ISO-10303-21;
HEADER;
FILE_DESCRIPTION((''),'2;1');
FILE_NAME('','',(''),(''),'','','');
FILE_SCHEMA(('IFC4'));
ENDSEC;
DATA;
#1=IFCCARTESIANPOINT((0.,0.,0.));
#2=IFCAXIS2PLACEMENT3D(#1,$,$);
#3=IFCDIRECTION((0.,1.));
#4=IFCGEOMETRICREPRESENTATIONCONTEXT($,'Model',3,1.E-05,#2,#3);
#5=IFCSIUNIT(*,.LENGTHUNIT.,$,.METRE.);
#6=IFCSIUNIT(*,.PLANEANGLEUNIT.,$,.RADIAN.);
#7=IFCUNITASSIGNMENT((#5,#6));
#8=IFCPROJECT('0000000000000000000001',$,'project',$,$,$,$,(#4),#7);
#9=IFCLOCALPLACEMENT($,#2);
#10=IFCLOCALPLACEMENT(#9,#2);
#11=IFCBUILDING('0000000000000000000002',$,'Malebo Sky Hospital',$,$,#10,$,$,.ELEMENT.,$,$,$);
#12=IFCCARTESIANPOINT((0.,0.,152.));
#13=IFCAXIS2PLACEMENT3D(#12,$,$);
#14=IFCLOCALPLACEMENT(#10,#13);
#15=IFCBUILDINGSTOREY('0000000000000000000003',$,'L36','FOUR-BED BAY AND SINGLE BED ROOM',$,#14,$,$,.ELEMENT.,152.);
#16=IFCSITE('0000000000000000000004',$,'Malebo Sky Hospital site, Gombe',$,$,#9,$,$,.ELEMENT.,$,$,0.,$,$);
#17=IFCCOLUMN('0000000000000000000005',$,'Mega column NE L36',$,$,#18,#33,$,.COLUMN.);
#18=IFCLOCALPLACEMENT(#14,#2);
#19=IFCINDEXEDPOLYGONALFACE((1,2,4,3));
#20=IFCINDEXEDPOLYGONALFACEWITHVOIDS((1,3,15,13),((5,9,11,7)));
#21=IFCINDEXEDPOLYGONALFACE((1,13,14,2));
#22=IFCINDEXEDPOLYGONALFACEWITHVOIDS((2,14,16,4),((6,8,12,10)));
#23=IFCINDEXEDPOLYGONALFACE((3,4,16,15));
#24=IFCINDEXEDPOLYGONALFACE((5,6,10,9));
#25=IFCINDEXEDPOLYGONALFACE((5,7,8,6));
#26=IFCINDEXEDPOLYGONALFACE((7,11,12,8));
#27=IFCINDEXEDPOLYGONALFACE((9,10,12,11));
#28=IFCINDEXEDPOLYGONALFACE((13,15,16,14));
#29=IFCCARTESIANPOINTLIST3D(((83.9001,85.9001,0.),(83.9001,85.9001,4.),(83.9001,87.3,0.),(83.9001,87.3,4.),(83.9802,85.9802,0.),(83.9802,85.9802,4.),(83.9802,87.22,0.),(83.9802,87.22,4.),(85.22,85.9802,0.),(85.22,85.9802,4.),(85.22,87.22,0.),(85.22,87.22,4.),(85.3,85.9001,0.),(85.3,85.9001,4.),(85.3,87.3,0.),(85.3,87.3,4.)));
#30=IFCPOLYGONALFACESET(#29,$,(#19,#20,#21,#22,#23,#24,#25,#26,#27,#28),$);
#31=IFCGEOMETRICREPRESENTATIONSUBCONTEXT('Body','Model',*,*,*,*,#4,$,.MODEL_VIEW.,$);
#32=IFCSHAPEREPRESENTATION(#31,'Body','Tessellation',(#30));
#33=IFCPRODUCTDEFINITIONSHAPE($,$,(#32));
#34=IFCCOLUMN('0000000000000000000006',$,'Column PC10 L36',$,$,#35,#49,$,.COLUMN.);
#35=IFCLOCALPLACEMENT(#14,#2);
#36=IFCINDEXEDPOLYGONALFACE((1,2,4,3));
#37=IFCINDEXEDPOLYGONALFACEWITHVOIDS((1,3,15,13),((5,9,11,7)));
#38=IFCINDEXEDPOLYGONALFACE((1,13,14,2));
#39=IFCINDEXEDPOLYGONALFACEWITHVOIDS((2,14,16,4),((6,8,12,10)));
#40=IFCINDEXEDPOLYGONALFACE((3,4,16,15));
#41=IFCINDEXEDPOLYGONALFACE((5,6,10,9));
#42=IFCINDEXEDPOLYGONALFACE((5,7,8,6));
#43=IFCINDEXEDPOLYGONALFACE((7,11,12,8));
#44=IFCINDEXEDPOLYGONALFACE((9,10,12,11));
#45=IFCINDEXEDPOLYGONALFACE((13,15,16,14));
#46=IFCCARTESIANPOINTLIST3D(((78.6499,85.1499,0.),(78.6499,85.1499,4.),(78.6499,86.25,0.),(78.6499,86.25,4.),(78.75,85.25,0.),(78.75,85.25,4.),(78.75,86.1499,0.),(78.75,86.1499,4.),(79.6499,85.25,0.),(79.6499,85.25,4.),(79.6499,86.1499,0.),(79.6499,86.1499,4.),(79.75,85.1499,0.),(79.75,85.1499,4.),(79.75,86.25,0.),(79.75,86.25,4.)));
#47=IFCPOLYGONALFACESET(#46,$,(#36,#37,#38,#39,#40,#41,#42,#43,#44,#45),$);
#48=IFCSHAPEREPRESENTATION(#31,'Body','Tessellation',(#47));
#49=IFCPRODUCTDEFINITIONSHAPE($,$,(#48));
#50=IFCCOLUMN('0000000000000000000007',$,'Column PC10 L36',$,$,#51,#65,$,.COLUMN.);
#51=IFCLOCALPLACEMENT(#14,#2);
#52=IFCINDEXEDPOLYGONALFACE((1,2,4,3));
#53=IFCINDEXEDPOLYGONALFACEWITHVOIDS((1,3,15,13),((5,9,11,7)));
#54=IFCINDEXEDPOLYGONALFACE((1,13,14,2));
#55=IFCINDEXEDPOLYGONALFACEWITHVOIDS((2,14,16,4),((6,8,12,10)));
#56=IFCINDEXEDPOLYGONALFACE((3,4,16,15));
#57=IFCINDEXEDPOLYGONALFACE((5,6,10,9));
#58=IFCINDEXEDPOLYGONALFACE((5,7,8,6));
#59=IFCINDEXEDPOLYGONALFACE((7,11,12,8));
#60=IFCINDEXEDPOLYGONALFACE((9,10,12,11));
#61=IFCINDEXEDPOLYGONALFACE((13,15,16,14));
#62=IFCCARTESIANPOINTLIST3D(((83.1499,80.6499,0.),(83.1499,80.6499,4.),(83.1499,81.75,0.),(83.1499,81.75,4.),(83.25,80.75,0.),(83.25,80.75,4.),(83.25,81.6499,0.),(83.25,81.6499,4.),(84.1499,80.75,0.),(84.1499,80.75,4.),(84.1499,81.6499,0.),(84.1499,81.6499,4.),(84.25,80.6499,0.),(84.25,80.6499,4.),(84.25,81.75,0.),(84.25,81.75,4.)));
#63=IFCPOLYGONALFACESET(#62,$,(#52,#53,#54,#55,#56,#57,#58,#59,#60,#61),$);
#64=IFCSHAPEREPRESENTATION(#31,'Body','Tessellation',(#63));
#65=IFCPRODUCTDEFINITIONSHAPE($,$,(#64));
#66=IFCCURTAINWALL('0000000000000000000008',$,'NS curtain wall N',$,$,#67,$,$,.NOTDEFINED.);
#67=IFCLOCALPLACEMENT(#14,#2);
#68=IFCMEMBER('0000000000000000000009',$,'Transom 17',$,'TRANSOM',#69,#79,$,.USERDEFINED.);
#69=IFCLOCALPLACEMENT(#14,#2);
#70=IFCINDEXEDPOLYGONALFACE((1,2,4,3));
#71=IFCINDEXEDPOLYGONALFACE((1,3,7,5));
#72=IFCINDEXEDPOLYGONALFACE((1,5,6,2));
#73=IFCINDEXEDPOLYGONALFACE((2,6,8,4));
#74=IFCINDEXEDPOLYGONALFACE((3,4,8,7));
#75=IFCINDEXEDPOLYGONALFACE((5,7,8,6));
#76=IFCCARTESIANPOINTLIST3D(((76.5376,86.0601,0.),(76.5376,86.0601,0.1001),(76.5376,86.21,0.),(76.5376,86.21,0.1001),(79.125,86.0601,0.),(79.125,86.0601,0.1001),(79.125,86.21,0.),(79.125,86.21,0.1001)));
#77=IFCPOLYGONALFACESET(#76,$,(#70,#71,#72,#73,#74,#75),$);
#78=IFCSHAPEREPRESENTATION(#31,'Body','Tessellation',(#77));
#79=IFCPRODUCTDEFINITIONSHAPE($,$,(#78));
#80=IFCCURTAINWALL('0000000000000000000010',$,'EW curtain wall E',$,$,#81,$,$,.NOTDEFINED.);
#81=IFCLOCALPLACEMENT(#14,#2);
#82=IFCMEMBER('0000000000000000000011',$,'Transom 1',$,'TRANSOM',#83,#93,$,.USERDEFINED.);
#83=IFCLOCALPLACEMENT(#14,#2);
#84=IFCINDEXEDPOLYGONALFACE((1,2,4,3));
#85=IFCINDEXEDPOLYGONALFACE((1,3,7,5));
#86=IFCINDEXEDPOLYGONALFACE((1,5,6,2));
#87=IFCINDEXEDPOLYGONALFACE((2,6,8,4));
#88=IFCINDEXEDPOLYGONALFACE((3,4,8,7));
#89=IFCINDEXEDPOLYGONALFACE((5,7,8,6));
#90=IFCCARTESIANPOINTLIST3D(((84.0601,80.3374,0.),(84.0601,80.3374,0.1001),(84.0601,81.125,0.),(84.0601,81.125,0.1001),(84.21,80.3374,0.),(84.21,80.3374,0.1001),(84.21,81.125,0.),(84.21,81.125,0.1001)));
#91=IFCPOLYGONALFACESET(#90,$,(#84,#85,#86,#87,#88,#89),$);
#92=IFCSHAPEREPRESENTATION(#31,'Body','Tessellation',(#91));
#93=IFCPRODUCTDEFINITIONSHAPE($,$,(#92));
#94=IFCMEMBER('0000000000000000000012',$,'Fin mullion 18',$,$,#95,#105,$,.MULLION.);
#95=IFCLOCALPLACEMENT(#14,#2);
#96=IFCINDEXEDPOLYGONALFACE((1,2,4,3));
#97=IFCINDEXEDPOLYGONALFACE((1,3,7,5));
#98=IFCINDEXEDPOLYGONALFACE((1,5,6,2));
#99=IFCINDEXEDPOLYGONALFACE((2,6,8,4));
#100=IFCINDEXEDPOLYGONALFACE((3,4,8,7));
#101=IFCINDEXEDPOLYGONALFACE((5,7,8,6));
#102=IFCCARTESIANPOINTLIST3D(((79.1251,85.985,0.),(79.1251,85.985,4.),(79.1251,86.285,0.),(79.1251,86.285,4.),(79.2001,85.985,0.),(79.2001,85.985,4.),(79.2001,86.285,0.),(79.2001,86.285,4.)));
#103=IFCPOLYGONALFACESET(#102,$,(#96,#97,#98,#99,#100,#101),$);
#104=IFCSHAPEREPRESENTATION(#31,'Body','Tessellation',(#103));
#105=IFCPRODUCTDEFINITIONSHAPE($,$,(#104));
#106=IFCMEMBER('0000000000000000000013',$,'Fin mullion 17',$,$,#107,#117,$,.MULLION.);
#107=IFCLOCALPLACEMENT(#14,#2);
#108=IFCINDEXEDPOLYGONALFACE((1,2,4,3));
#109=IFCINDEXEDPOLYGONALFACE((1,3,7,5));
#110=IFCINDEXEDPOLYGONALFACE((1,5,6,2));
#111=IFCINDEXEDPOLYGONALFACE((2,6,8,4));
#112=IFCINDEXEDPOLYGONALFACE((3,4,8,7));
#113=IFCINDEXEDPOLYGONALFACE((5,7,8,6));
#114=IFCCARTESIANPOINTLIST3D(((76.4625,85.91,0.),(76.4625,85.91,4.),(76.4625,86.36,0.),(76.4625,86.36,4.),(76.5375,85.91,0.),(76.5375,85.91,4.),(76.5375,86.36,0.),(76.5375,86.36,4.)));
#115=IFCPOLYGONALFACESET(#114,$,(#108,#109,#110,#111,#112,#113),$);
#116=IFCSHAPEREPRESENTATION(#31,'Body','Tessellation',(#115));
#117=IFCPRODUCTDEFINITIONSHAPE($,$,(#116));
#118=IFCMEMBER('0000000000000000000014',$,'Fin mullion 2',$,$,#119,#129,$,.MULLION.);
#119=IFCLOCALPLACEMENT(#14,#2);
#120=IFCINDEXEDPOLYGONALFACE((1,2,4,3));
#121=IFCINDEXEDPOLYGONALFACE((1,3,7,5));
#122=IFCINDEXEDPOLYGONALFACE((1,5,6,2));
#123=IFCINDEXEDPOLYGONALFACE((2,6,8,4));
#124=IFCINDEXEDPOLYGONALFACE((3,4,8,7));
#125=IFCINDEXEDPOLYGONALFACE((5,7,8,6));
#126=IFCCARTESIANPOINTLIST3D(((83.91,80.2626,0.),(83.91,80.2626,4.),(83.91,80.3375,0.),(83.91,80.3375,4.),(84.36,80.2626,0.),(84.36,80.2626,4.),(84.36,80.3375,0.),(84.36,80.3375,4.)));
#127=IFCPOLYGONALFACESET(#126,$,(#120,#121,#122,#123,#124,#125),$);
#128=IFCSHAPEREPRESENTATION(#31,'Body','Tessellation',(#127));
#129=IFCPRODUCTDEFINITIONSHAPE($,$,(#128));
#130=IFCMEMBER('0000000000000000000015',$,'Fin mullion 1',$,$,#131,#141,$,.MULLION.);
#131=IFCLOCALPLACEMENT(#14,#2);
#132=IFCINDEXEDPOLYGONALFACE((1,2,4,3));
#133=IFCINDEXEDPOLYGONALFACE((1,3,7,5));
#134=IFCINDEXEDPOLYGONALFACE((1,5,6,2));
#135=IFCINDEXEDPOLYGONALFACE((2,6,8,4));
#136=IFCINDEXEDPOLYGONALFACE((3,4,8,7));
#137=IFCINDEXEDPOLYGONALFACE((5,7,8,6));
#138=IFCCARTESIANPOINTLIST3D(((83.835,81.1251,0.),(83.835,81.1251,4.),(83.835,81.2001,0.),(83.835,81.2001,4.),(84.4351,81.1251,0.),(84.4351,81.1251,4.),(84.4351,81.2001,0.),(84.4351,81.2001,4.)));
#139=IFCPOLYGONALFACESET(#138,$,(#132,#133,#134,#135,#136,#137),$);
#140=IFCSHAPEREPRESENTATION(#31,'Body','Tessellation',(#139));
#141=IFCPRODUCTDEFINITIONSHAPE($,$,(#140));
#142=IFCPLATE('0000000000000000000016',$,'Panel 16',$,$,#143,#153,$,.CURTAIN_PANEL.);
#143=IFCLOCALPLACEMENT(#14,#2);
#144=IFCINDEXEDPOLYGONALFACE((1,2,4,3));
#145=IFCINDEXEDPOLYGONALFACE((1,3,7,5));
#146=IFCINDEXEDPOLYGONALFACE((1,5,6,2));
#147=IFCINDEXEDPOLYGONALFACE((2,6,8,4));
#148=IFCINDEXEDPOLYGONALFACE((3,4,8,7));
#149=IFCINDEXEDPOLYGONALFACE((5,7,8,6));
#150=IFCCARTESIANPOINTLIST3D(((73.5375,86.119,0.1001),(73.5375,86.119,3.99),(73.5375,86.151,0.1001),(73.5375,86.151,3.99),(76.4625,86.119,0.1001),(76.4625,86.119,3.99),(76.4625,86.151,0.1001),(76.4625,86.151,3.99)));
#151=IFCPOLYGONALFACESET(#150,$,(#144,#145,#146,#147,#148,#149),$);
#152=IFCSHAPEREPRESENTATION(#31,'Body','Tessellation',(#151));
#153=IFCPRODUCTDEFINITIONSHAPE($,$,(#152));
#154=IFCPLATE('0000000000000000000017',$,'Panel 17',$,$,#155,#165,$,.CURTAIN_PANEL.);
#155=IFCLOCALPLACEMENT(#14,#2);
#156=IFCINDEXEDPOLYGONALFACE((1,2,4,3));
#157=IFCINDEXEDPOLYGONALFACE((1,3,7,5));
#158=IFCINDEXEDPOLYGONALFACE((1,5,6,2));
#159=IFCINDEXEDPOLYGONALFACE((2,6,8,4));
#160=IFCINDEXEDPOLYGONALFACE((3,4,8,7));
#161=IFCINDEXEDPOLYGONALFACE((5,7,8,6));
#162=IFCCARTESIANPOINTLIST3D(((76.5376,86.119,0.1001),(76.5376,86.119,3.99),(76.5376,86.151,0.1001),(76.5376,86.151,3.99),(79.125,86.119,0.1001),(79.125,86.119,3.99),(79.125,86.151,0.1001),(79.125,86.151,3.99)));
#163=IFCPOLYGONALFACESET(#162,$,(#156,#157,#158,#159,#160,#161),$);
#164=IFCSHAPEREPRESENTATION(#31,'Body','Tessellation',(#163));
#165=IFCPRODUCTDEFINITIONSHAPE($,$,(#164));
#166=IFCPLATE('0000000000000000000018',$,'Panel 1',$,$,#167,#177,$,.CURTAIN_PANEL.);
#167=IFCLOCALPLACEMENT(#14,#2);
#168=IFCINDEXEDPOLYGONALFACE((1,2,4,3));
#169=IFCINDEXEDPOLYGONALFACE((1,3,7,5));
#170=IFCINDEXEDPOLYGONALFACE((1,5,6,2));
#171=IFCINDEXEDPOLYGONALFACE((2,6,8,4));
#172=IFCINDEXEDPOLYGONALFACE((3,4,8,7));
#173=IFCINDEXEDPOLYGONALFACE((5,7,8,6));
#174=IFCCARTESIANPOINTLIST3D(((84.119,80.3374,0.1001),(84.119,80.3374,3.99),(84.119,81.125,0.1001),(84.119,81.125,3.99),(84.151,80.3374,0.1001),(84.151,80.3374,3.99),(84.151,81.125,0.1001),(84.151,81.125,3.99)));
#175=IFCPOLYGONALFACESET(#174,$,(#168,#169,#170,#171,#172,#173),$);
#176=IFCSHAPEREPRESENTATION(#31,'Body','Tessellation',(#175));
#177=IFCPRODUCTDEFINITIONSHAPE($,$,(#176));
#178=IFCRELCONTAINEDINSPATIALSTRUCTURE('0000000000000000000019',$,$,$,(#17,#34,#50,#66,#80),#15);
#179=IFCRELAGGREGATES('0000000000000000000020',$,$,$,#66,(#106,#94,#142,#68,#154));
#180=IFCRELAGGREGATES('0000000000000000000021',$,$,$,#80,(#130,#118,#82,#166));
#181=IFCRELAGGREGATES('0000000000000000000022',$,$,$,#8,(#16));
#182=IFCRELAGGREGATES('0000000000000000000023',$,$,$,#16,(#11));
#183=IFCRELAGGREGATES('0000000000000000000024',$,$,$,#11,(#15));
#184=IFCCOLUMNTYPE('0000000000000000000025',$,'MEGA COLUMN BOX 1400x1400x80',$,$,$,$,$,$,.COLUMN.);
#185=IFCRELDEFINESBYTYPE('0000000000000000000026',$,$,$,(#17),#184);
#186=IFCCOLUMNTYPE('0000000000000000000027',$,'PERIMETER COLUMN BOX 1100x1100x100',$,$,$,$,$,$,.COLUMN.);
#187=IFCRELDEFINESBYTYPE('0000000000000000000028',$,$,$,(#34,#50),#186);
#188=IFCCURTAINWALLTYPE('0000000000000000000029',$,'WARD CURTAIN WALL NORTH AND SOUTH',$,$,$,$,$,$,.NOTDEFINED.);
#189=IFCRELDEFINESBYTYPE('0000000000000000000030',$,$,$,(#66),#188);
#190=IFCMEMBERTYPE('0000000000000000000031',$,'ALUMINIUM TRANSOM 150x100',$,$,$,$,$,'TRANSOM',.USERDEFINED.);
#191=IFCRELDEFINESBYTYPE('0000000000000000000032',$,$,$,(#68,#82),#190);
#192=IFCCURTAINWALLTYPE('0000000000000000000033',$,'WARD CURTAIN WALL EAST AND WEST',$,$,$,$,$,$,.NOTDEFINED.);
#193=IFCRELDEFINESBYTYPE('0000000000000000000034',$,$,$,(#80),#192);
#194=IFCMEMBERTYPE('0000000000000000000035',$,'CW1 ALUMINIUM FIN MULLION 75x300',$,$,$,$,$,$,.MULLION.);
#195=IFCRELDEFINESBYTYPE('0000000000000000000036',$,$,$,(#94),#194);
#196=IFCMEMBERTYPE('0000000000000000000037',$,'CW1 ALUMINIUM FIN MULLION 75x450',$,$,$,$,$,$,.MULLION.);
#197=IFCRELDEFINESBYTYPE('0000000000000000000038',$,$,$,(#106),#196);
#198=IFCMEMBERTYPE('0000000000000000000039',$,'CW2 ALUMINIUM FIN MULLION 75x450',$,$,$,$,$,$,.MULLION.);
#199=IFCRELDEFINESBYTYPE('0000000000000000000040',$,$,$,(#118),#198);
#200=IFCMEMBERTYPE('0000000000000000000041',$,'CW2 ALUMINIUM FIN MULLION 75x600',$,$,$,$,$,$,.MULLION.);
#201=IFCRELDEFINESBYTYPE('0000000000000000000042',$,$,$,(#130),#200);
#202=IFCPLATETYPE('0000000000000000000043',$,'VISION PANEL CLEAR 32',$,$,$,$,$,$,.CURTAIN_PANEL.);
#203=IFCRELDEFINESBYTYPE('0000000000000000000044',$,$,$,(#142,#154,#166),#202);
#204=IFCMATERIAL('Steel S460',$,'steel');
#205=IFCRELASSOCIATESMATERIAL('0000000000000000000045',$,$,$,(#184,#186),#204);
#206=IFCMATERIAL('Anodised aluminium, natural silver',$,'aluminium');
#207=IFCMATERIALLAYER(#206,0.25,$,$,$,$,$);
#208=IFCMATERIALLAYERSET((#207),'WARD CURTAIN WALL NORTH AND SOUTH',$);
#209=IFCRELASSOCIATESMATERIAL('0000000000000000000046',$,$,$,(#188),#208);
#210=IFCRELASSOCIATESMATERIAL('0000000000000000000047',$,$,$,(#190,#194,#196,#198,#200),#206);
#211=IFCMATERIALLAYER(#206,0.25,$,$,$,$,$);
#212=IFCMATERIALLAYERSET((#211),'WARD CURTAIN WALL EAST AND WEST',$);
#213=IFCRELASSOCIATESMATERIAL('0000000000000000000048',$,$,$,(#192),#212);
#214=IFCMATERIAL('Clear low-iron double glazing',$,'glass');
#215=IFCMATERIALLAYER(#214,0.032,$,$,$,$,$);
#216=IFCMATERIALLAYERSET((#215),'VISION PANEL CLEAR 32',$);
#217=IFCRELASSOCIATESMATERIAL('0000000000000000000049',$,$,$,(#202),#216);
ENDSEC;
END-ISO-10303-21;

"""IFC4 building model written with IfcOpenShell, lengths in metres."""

from ifc_helpers import new_model, si_unit, direction, frame, origin, origin_2d, place, context, subcontext, project, spatial, rectangle, hollow_rectangle, extrude, material, layer, layer_set, material_profile, profile_set, type_object, element, aggregate, save


model = new_model("IFC4")

# Units and contexts
model_context = context("Model", 3, precision=1e-05, world=origin(), true_north=direction((0.0, 1.0)))
body_context = subcontext(model_context, "Body", "Model", "MODEL_VIEW")
ifc_project = project(units=[si_unit("LENGTHUNIT", "METRE"), si_unit("PLANEANGLEUNIT", "RADIAN")], contexts=[model_context])

# Site, building, storey
site_placement = place(None, origin())
site = spatial("IfcSite", under=ifc_project, at=site_placement, Name="Malebo Sky Hospital site, Gombe", CompositionType="ELEMENT", RefElevation=0.0)
building_placement = place(site_placement, origin())
building = spatial("IfcBuilding", under=site, at=building_placement, Name="Malebo Sky Hospital", CompositionType="ELEMENT")
storey_placement = place(building_placement, frame((0.0, 0.0, 152.0)))
storey = spatial("IfcBuildingStorey", under=building, at=storey_placement, Name="L36", Description="FOUR-BED BAY AND SINGLE BED ROOM", CompositionType="ELEMENT", Elevation=152.0)

# Columns
ifc_material_1 = material(Name="Steel S460", Category="steel")
ifc_material_profile_1 = material_profile(ifc_material_1, hollow_rectangle(XDim=1.3999, YDim=1.3999, WallThickness=0.0801, at=origin_2d()), Name="BOX 1400x1400x80")
ifc_profile_set_1 = profile_set([ifc_material_profile_1], Name="Steel S460")
column_type_1 = type_object("IfcColumnType", Name="MEGA COLUMN BOX 1400x1400x80", PredefinedType="COLUMN", material=ifc_profile_set_1)
column_placement = place(storey_placement, frame((84.6001, 86.6001, 0.0), z_axis=(0.0, 0.0, 1.0), x_axis=(1.0, 0.0, 0.0)))
element("IfcColumn", 1, at=column_placement, inside=storey, type_object=column_type_1, Name="Mega column NE L36", PredefinedType="COLUMN", context=body_context, shape_type="SweptSolid", body=[
    extrude(hollow_rectangle(XDim=1.3999, YDim=1.3999, WallThickness=0.0801, at=origin_2d()), origin(), (0.0, 0.0, 1.0), 4.0),
])
ifc_material_profile_2 = material_profile(ifc_material_1, hollow_rectangle(XDim=1.1001, YDim=1.1001, WallThickness=0.1001, at=origin_2d()), Name="BOX 1100x1100x100")
ifc_profile_set_2 = profile_set([ifc_material_profile_2], Name="Steel S460")
column_type_2 = type_object("IfcColumnType", Name="PERIMETER COLUMN BOX 1100x1100x100", PredefinedType="COLUMN", material=ifc_profile_set_2)
for number, where, z_axis, x_axis, name in (
    (2, (79.2, 85.7, 0.0), (0.0, 0.0, 1.0), (1.0, 0.0, 0.0), "Column PC10 L36"),
    (3, (83.7, 81.2, 0.0), (0.0, 0.0, 1.0), (1.0, 0.0, 0.0), "Column PC10 L36"),
):
    element("IfcColumn", number, at=place(storey_placement, frame(where, z_axis=z_axis, x_axis=x_axis)), inside=storey, type_object=column_type_2, Name=name, PredefinedType="COLUMN", context=body_context, shape_type="SweptSolid", body=[
        extrude(hollow_rectangle(XDim=1.1001, YDim=1.1001, WallThickness=0.1001, at=origin_2d()), origin(), (0.0, 0.0, 1.0), 4.0),
    ])

# Curtain walls, members
ifc_material_2 = material(Name="Anodised aluminium, natural silver", Category="aluminium")
ifc_layer_1 = layer(ifc_material_2, 0.25)
ifc_layer_set_1 = layer_set([ifc_layer_1], Name="WARD CURTAIN WALL NORTH AND SOUTH")
curtain_wall_type_1 = type_object("IfcCurtainWallType", Name="WARD CURTAIN WALL NORTH AND SOUTH", PredefinedType="NOTDEFINED", material=ifc_layer_set_1)
curtain_wall_1_placement = place(storey_placement, origin())
curtain_wall_1 = element("IfcCurtainWall", 4, at=curtain_wall_1_placement, inside=storey, type_object=curtain_wall_type_1, Name="NS curtain wall N", PredefinedType="NOTDEFINED")
ifc_material_profile_3 = material_profile(ifc_material_2, rectangle(XDim=0.1499, YDim=0.1001, at=origin_2d()), Name="ALUMINIUM TRANSOM 150x100")
ifc_profile_set_3 = profile_set([ifc_material_profile_3], Name="Anodised aluminium, natural silver")
member_type_1 = type_object("IfcMemberType", Name="ALUMINIUM TRANSOM 150x100", ElementType="TRANSOM", PredefinedType="USERDEFINED", material=ifc_profile_set_3)
member_1_placement = place(storey_placement, frame((76.5376, 86.135, 0.05), z_axis=(1.0, 0.0, 0.0), x_axis=(0.0, 1.0, 0.0)))
member_1 = element("IfcMember", 5, at=member_1_placement, type_object=member_type_1, Name="Transom 17", ObjectType="TRANSOM", PredefinedType="USERDEFINED", context=body_context, shape_type="SweptSolid", body=[
    extrude(rectangle(XDim=0.1499, YDim=0.1001, at=origin_2d()), origin(), (0.0, 0.0, 1.0), 2.5874),
])
ifc_layer_2 = layer(ifc_material_2, 0.25)
ifc_layer_set_2 = layer_set([ifc_layer_2], Name="WARD CURTAIN WALL EAST AND WEST")
curtain_wall_type_2 = type_object("IfcCurtainWallType", Name="WARD CURTAIN WALL EAST AND WEST", PredefinedType="NOTDEFINED", material=ifc_layer_set_2)
curtain_wall_2_placement = place(storey_placement, origin())
curtain_wall_2 = element("IfcCurtainWall", 6, at=curtain_wall_2_placement, inside=storey, type_object=curtain_wall_type_2, Name="EW curtain wall E", PredefinedType="NOTDEFINED")
member_2_placement = place(storey_placement, frame((84.135, 81.125, 0.05), z_axis=(0.0, -1.0, 0.0), x_axis=(1.0, 0.0, 0.0)))
member_2 = element("IfcMember", 7, at=member_2_placement, type_object=member_type_1, Name="Transom 1", ObjectType="TRANSOM", PredefinedType="USERDEFINED", context=body_context, shape_type="SweptSolid", body=[
    extrude(rectangle(XDim=0.1499, YDim=0.1001, at=origin_2d()), origin(), (0.0, 0.0, 1.0), 0.7876),
])

# Members
ifc_material_profile_4 = material_profile(ifc_material_2, rectangle(XDim=0.075, YDim=0.3, at=origin_2d()), Name="CW1 ALUMINIUM FIN MULLION 75x300")
ifc_profile_set_4 = profile_set([ifc_material_profile_4], Name="Anodised aluminium, natural silver")
member_type_2 = type_object("IfcMemberType", Name="CW1 ALUMINIUM FIN MULLION 75x300", PredefinedType="MULLION", material=ifc_profile_set_4)
member_3_placement = place(storey_placement, frame((79.1626, 86.135, 0.0), z_axis=(0.0, 0.0, 1.0), x_axis=(1.0, 0.0, 0.0)))
member_3 = element("IfcMember", 8, at=member_3_placement, type_object=member_type_2, Name="Fin mullion 18", PredefinedType="MULLION", context=body_context, shape_type="SweptSolid", body=[
    extrude(rectangle(XDim=0.075, YDim=0.3, at=origin_2d()), origin(), (0.0, 0.0, 1.0), 4.0),
])
ifc_material_profile_5 = material_profile(ifc_material_2, rectangle(XDim=0.075, YDim=0.45, at=origin_2d()), Name="CW1 ALUMINIUM FIN MULLION 75x450")
ifc_profile_set_5 = profile_set([ifc_material_profile_5], Name="Anodised aluminium, natural silver")
member_type_3 = type_object("IfcMemberType", Name="CW1 ALUMINIUM FIN MULLION 75x450", PredefinedType="MULLION", material=ifc_profile_set_5)
member_4_placement = place(storey_placement, frame((76.5, 86.135, 0.0), z_axis=(0.0, 0.0, 1.0), x_axis=(1.0, 0.0, 0.0)))
member_4 = element("IfcMember", 9, at=member_4_placement, type_object=member_type_3, Name="Fin mullion 17", PredefinedType="MULLION", context=body_context, shape_type="SweptSolid", body=[
    extrude(rectangle(XDim=0.075, YDim=0.45, at=origin_2d()), origin(), (0.0, 0.0, 1.0), 4.0),
])
ifc_material_profile_6 = material_profile(ifc_material_2, rectangle(XDim=0.075, YDim=0.45, at=origin_2d()), Name="CW2 ALUMINIUM FIN MULLION 75x450")
ifc_profile_set_6 = profile_set([ifc_material_profile_6], Name="Anodised aluminium, natural silver")
member_type_4 = type_object("IfcMemberType", Name="CW2 ALUMINIUM FIN MULLION 75x450", PredefinedType="MULLION", material=ifc_profile_set_6)
member_5_placement = place(storey_placement, frame((84.135, 80.3, 0.0), z_axis=(0.0, 0.0, 1.0), x_axis=(0.0, -1.0, 0.0)))
member_5 = element("IfcMember", 10, at=member_5_placement, type_object=member_type_4, Name="Fin mullion 2", PredefinedType="MULLION", context=body_context, shape_type="SweptSolid", body=[
    extrude(rectangle(XDim=0.075, YDim=0.45, at=origin_2d()), origin(), (0.0, 0.0, 1.0), 4.0),
])
ifc_material_profile_7 = material_profile(ifc_material_2, rectangle(XDim=0.075, YDim=0.6001, at=origin_2d()), Name="CW2 ALUMINIUM FIN MULLION 75x600")
ifc_profile_set_7 = profile_set([ifc_material_profile_7], Name="Anodised aluminium, natural silver")
member_type_5 = type_object("IfcMemberType", Name="CW2 ALUMINIUM FIN MULLION 75x600", PredefinedType="MULLION", material=ifc_profile_set_7)
member_6_placement = place(storey_placement, frame((84.135, 81.1626, 0.0), z_axis=(0.0, 0.0, 1.0), x_axis=(0.0, -1.0, 0.0)))
member_6 = element("IfcMember", 11, at=member_6_placement, type_object=member_type_5, Name="Fin mullion 1", PredefinedType="MULLION", context=body_context, shape_type="SweptSolid", body=[
    extrude(rectangle(XDim=0.075, YDim=0.6001, at=origin_2d()), origin(), (0.0, 0.0, 1.0), 4.0),
])

# Plates
ifc_material_3 = material(Name="Clear low-iron double glazing", Category="glass")
ifc_layer_3 = layer(ifc_material_3, 0.032)
ifc_layer_set_3 = layer_set([ifc_layer_3], Name="VISION PANEL CLEAR 32")
plate_type = type_object("IfcPlateType", Name="VISION PANEL CLEAR 32", PredefinedType="CURTAIN_PANEL", material=ifc_layer_set_3)
plate_1_placement = place(storey_placement, frame((75.0, 86.135, 0.1001), z_axis=(0.0, 0.0, 1.0), x_axis=(1.0, 0.0, 0.0)))
plate_1 = element("IfcPlate", 12, at=plate_1_placement, type_object=plate_type, Name="Panel 16", PredefinedType="CURTAIN_PANEL", context=body_context, shape_type="SweptSolid", body=[
    extrude(rectangle(XDim=2.925, YDim=0.032, at=origin_2d()), origin(), (0.0, 0.0, 1.0), 3.8899),
])
plate_2_placement = place(storey_placement, frame((77.8313, 86.135, 0.1001), z_axis=(0.0, 0.0, 1.0), x_axis=(1.0, 0.0, 0.0)))
plate_2 = element("IfcPlate", 13, at=plate_2_placement, type_object=plate_type, Name="Panel 17", PredefinedType="CURTAIN_PANEL", context=body_context, shape_type="SweptSolid", body=[
    extrude(rectangle(XDim=2.5874, YDim=0.032, at=origin_2d()), origin(), (0.0, 0.0, 1.0), 3.8899),
])
aggregate(curtain_wall_1, [member_4, member_3, plate_1, member_1, plate_2])
plate_3_placement = place(storey_placement, frame((84.135, 80.7312, 0.1001), z_axis=(0.0, 0.0, 1.0), x_axis=(0.0, -1.0, 0.0)))
plate_3 = element("IfcPlate", 14, at=plate_3_placement, type_object=plate_type, Name="Panel 1", PredefinedType="CURTAIN_PANEL", context=body_context, shape_type="SweptSolid", body=[
    extrude(rectangle(XDim=0.7876, YDim=0.032, at=origin_2d()), origin(), (0.0, 0.0, 1.0), 3.8899),
])
aggregate(curtain_wall_2, [member_6, member_5, member_2, plate_3])

save(model, "model.ifc")
